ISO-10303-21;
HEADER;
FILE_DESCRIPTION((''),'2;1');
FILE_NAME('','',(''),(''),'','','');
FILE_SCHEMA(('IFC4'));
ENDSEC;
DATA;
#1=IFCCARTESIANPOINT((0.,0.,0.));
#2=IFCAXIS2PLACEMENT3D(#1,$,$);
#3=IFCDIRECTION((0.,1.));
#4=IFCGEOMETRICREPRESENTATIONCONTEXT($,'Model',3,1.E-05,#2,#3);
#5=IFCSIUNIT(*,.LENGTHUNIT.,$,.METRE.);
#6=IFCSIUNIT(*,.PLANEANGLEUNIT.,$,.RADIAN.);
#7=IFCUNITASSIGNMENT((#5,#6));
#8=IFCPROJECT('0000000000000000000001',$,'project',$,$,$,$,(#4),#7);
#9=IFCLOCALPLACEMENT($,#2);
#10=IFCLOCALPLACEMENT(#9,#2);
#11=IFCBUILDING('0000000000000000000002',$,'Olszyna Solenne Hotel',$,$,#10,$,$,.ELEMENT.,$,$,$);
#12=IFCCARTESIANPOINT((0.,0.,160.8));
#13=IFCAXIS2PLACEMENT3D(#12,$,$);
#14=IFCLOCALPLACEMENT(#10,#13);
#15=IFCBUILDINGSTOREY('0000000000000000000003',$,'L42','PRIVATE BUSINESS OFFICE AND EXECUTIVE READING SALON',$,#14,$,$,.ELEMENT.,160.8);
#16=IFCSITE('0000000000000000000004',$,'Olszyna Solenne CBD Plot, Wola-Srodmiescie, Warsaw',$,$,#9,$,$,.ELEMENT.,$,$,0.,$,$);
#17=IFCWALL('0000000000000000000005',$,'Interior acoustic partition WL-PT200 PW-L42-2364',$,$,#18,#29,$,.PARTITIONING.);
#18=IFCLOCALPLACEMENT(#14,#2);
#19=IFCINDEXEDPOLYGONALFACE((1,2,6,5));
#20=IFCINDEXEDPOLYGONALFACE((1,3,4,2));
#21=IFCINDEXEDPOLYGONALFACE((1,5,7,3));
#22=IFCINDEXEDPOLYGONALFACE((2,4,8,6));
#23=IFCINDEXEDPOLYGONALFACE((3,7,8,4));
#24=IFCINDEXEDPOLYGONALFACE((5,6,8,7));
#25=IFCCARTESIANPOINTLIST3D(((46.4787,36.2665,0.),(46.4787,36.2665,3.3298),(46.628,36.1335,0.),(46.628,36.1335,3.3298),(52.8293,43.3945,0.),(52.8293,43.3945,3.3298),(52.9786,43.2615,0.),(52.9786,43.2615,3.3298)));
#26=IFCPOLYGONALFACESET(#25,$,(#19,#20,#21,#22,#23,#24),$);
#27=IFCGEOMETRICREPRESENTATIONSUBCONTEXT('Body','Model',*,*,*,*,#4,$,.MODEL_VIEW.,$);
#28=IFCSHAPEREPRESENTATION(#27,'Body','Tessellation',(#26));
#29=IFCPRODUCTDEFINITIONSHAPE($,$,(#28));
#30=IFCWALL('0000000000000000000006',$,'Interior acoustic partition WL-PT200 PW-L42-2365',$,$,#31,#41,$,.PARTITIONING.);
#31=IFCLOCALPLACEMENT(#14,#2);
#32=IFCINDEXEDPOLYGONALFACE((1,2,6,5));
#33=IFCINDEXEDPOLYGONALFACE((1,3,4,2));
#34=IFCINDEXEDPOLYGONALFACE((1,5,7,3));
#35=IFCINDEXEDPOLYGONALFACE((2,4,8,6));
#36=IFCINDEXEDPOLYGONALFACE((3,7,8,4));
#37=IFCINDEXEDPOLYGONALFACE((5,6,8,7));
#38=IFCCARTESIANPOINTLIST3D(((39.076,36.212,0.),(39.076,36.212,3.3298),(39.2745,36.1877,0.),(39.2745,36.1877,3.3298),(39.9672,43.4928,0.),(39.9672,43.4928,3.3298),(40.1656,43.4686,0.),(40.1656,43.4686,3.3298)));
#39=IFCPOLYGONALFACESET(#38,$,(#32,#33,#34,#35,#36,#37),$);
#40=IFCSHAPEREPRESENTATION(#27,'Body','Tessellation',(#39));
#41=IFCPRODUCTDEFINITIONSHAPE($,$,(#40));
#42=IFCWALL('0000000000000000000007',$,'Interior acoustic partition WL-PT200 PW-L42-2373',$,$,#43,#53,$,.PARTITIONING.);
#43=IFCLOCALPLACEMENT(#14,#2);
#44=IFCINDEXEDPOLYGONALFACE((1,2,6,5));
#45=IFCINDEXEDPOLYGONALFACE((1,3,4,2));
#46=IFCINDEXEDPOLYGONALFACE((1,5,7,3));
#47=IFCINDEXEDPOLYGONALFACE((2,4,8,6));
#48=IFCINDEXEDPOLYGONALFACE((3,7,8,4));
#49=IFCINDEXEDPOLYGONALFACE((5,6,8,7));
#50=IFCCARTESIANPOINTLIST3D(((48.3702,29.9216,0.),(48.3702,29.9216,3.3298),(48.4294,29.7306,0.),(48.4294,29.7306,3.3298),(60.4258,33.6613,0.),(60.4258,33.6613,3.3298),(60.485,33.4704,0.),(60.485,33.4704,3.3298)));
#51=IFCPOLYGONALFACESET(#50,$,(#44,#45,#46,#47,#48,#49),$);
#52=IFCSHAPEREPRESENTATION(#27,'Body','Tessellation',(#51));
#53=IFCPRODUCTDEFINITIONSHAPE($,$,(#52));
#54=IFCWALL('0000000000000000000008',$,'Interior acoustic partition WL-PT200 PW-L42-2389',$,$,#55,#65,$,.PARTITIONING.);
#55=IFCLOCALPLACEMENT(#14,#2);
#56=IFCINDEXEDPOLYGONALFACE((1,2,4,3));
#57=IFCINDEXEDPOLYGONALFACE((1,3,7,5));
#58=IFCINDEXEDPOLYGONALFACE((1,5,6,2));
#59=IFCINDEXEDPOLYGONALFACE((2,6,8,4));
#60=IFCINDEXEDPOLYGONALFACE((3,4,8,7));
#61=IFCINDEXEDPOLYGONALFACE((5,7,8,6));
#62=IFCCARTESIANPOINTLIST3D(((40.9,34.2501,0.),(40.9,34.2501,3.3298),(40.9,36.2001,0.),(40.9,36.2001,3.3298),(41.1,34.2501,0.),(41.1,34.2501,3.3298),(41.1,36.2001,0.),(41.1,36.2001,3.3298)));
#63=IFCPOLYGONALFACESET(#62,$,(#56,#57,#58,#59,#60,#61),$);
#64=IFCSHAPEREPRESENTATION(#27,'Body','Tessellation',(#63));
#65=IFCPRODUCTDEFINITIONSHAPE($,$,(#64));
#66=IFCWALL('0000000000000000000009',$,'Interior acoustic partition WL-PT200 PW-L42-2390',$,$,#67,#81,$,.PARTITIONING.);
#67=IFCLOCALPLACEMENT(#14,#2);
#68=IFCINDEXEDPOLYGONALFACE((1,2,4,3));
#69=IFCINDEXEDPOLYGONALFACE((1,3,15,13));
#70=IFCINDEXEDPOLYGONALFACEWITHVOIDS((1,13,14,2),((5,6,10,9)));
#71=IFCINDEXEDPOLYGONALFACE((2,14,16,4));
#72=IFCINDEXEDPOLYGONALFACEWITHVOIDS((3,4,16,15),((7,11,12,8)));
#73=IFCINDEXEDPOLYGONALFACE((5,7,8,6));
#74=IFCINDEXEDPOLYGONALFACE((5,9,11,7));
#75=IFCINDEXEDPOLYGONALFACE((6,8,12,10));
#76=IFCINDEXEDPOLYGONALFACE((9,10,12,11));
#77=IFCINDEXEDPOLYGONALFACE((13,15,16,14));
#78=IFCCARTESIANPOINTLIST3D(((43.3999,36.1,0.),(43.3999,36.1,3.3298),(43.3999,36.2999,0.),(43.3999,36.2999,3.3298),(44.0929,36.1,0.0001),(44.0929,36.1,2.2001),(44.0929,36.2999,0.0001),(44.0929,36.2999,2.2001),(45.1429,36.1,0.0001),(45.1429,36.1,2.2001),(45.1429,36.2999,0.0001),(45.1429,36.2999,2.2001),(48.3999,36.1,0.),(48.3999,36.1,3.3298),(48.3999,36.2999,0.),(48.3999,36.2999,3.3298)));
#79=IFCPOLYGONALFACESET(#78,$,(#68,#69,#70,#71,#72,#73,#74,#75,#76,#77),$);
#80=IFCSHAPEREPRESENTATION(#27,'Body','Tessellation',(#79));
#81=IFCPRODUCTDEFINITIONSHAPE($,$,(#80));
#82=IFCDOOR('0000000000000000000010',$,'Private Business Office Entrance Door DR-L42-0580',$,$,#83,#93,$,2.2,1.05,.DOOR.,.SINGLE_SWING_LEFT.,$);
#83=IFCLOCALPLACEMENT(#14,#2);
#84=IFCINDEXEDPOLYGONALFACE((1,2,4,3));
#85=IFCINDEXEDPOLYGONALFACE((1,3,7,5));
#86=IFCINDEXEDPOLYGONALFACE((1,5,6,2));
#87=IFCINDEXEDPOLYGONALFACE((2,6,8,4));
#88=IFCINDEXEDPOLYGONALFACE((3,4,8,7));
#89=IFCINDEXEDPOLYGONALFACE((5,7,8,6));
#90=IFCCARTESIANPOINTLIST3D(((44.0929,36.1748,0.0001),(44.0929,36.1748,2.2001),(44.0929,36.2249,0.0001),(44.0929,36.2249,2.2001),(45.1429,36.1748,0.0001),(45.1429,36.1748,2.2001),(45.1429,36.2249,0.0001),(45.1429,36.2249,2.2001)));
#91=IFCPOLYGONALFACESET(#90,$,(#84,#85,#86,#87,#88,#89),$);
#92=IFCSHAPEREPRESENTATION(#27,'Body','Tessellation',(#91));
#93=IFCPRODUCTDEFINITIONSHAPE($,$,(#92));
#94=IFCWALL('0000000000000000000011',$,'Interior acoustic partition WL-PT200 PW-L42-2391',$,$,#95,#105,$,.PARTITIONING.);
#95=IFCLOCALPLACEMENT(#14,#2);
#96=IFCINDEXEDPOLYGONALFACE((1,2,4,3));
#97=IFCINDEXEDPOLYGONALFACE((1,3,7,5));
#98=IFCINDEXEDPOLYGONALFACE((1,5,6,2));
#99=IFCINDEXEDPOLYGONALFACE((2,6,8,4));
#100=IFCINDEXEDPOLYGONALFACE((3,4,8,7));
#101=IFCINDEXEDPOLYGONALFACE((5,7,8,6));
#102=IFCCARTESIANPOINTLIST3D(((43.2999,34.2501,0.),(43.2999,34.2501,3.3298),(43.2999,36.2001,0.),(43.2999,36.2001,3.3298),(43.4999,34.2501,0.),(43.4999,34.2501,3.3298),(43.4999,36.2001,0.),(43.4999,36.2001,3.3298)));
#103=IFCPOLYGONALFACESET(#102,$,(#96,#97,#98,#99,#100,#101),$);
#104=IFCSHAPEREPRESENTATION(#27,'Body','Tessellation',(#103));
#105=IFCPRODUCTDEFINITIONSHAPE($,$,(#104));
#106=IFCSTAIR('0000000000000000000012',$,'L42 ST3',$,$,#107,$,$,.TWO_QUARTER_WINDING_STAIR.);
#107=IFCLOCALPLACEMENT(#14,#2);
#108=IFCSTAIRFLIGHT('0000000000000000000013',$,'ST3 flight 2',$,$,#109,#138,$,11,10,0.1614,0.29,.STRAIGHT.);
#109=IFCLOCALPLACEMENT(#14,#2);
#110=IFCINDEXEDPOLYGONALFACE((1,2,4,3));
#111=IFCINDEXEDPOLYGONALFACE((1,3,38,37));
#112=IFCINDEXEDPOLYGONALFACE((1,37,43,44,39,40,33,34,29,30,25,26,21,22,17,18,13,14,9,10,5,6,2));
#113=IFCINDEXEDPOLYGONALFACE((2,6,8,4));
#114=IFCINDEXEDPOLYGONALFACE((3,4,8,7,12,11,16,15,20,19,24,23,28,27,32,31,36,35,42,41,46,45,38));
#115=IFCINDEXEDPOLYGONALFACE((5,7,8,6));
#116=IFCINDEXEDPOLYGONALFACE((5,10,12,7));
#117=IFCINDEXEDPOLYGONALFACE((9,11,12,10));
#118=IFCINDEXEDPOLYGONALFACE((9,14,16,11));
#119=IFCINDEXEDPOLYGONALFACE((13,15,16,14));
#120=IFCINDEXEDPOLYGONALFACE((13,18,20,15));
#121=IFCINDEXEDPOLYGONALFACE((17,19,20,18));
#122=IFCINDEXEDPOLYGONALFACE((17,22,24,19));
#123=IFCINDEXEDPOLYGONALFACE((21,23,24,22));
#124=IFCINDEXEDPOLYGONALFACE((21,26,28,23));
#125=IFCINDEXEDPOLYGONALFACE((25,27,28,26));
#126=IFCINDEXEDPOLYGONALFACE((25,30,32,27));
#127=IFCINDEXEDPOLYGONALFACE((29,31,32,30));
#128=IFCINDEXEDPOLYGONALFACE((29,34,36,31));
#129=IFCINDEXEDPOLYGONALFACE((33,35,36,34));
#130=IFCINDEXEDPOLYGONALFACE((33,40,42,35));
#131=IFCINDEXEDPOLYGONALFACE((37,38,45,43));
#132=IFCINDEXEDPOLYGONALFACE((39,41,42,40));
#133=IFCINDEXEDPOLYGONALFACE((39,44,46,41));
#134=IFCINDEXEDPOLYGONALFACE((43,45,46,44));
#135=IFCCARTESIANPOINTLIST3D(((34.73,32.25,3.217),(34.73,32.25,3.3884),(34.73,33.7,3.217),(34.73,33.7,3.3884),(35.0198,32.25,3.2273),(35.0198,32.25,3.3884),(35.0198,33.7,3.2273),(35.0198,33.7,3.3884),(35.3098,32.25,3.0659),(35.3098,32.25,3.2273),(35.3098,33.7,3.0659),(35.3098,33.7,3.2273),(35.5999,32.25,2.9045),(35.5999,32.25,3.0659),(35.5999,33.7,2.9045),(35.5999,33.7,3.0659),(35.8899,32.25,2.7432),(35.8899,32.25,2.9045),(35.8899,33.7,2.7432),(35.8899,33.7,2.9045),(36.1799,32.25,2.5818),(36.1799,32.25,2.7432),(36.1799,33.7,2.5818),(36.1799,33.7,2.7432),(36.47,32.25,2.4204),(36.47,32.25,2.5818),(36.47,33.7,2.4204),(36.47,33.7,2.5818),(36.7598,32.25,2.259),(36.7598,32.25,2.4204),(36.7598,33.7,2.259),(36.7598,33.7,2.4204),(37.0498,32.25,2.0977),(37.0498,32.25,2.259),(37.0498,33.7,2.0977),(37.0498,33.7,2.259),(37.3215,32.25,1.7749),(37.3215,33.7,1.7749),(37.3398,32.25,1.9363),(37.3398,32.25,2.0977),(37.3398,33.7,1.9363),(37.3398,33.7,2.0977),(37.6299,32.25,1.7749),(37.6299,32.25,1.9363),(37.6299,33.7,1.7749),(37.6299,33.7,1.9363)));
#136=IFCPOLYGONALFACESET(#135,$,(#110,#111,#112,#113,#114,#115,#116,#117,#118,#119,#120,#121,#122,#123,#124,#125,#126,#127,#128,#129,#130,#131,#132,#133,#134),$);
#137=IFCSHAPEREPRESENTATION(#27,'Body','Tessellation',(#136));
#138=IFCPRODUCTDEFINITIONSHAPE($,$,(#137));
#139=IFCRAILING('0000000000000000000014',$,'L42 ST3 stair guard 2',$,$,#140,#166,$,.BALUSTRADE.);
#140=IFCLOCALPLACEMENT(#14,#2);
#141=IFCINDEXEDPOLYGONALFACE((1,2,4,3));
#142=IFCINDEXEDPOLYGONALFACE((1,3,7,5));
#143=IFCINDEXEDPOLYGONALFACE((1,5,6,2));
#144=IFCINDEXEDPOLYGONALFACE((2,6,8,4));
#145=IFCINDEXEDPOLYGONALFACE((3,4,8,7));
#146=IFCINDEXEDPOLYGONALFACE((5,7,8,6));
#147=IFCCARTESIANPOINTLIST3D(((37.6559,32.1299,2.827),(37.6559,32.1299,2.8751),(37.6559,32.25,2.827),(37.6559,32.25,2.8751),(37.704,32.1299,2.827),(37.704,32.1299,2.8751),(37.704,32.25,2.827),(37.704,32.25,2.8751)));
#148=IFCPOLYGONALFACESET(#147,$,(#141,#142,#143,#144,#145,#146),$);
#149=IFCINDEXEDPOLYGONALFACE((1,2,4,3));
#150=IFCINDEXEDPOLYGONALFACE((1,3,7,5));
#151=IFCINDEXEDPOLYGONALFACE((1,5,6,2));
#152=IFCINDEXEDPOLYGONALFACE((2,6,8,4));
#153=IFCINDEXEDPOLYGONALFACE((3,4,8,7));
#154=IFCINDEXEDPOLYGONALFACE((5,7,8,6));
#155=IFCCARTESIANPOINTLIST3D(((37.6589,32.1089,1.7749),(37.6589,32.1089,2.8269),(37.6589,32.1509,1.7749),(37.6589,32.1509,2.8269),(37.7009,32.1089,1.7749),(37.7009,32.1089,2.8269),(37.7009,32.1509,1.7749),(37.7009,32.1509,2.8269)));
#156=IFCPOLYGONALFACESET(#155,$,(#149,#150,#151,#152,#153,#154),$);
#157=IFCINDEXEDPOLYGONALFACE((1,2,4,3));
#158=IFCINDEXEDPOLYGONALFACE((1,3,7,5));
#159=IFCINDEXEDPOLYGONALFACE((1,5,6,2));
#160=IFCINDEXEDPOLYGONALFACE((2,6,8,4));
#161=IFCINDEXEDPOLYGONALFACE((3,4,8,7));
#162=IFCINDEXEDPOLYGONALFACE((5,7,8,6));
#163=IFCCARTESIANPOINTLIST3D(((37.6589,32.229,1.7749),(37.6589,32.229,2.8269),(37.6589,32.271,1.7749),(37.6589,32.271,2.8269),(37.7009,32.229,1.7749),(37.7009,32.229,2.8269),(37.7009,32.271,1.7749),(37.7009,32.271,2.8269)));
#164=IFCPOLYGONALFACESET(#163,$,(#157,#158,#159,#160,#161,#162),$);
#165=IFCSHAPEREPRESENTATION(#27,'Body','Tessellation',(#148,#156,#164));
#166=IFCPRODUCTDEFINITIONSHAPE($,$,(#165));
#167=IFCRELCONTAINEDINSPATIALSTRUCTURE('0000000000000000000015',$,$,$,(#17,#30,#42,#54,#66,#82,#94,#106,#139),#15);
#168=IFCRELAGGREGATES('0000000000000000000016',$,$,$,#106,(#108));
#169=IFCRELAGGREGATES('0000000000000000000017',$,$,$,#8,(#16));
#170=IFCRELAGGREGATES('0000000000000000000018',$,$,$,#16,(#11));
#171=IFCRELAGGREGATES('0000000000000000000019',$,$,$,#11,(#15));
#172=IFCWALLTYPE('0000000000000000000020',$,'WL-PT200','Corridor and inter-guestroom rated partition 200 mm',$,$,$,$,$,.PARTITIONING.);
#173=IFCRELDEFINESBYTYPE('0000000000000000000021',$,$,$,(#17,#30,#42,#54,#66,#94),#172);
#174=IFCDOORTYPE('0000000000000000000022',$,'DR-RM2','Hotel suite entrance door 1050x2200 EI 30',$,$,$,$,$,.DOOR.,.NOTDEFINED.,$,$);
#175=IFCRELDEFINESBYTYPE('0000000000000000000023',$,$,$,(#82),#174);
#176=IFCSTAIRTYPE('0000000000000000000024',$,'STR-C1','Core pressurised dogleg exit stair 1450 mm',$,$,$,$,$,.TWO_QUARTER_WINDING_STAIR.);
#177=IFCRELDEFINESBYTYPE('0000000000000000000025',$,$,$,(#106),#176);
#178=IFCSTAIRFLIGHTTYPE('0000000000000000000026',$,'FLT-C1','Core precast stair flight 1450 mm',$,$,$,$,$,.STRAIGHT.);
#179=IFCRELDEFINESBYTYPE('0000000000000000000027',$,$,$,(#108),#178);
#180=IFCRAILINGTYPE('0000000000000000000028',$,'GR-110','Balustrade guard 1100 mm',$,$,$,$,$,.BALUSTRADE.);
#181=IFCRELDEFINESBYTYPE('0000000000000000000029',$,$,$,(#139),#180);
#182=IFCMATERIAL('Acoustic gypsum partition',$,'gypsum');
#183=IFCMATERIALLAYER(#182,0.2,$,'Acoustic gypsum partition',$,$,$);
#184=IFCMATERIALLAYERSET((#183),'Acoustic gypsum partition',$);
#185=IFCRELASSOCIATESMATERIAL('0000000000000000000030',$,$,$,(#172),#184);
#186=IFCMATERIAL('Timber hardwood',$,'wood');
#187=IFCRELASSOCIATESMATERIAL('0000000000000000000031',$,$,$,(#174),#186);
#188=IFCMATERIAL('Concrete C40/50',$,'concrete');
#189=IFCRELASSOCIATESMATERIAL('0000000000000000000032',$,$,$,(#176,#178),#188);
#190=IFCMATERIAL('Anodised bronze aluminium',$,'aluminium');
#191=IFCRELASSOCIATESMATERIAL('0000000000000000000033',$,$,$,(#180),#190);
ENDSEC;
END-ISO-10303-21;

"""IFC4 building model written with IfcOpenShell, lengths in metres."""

from ifc_helpers import new_model, si_unit, direction, frame, frame_2d, origin, origin_2d, place, context, subcontext, project, spatial, polyline, rectangle, outline, extrude, source, transform, mapped, material, layer, layer_set, type_object, type_shapes, element, fill, aggregate, save


model = new_model("IFC4")

# Units and contexts
model_context = context("Model", 3, precision=1e-05, world=origin(), true_north=direction((0.0, 1.0)))
body_context = subcontext(model_context, "Body", "Model", "MODEL_VIEW")
ifc_project = project(units=[si_unit("LENGTHUNIT", "METRE"), si_unit("PLANEANGLEUNIT", "RADIAN")], contexts=[model_context])

# Site, building, storey
site_placement = place(None, origin())
site = spatial("IfcSite", under=ifc_project, at=site_placement, Name="Olszyna Solenne CBD Plot, Wola-Srodmiescie, Warsaw", CompositionType="ELEMENT", RefElevation=0.0)
building_placement = place(site_placement, origin())
building = spatial("IfcBuilding", under=site, at=building_placement, Name="Olszyna Solenne Hotel", CompositionType="ELEMENT")
storey_placement = place(building_placement, frame((0.0, 0.0, 160.8)))
storey = spatial("IfcBuildingStorey", under=building, at=storey_placement, Name="L42", Description="PRIVATE BUSINESS OFFICE AND EXECUTIVE READING SALON", CompositionType="ELEMENT", Elevation=160.8)

# Shared definitions
ifc_material_1 = material(Name="Timber hardwood", Category="wood")

# Shared definitions
ifc_material_2 = material(Name="Anodised bronze aluminium", Category="aluminium")

# Shared definitions
ifc_material_3 = material(Name="Acoustic gypsum partition", Category="gypsum")

# Walls
ifc_layer_1 = layer(ifc_material_3, 0.2, Name="Acoustic gypsum partition")
ifc_layer_set_1 = layer_set([ifc_layer_1], Name="Acoustic gypsum partition")
wall_type_1 = type_object("IfcWallType", Name="WL-PT200", Description="Corridor and inter-guestroom rated partition 200 mm", PredefinedType="PARTITIONING", material=ifc_layer_set_1)
wall_1_placement = place(storey_placement, frame((46.5532, 36.2, 0.0), z_axis=(0.0, 0.0, 1.0), x_axis=(0.665221, 0.746647, 0.0)))
element("IfcWall", 1, at=wall_1_placement, inside=storey, type_object=wall_type_1, Name="Interior acoustic partition WL-PT200 PW-L42-2364", PredefinedType="PARTITIONING", context=body_context, shape_type="SweptSolid", body=[
    extrude(rectangle(XDim=9.5466, YDim=0.2, at=frame_2d((4.7734, 0.0))), origin(), (0.0, 0.0, 1.0), 3.3298),
])
wall_2_placement = place(storey_placement, frame((39.1753, 36.2, 0.0), z_axis=(0.0, 0.0, 1.0), x_axis=(0.121486, 0.992593, 0.0)))
element("IfcWall", 2, at=wall_2_placement, inside=storey, type_object=wall_type_1, Name="Interior acoustic partition WL-PT200 PW-L42-2365", PredefinedType="PARTITIONING", context=body_context, shape_type="SweptSolid", body=[
    extrude(rectangle(XDim=7.3352, YDim=0.2, at=frame_2d((3.6675, 0.0))), origin(), (0.0, 0.0, 1.0), 3.3298),
])
wall_3_placement = place(storey_placement, frame((48.3999, 29.8262, 0.0), z_axis=(0.0, 0.0, 1.0), x_axis=(0.955102, 0.296279, 0.0)))
element("IfcWall", 3, at=wall_3_placement, inside=storey, type_object=wall_type_1, Name="Interior acoustic partition WL-PT200 PW-L42-2373", PredefinedType="PARTITIONING", context=body_context, shape_type="SweptSolid", body=[
    extrude(rectangle(XDim=12.6223, YDim=0.2, at=frame_2d((6.311, 0.0))), origin(), (0.0, 0.0, 1.0), 3.3298),
])
wall_4_placement = place(storey_placement, frame((41.0, 34.25, 0.0), z_axis=(0.0, 0.0, 1.0), x_axis=(0.0, 1.0, 0.0)))
element("IfcWall", 4, at=wall_4_placement, inside=storey, type_object=wall_type_1, Name="Interior acoustic partition WL-PT200 PW-L42-2389", PredefinedType="PARTITIONING", context=body_context, shape_type="SweptSolid", body=[
    extrude(rectangle(XDim=1.95, YDim=0.2, at=frame_2d((0.9751, 0.0))), origin(), (0.0, 0.0, 1.0), 3.3298),
])

# Wall, opening, door
wall_5_placement = place(storey_placement, frame((43.3999, 36.2, 0.0), z_axis=(0.0, 0.0, 1.0), x_axis=(1.0, 0.0, 0.0)))
wall_5 = element("IfcWall", 5, at=wall_5_placement, inside=storey, type_object=wall_type_1, Name="Interior acoustic partition WL-PT200 PW-L42-2390", PredefinedType="PARTITIONING", context=body_context, shape_type="SweptSolid", body=[
    extrude(rectangle(XDim=5.0, YDim=0.2, at=frame_2d((2.5, 0.0))), origin(), (0.0, 0.0, 1.0), 3.3298),
])
opening_1_placement = place(wall_5_placement, frame((0.6931, 0.0, 0.0)))
opening_1 = element("IfcOpeningElement", 6, at=opening_1_placement, cuts=wall_5, PredefinedType="OPENING", context=body_context, shape_type="SweptSolid", body=[
    extrude(rectangle(XDim=1.05, YDim=2.2, at=frame_2d((0.5249, 1.1001))), frame((0.0, 0.1099, 0.0), z_axis=(0.0, -1.0, 0.0), x_axis=(1.0, 0.0, 0.0)), (0.0, 0.0, 1.0), 0.22),
])
door_type_1 = type_object("IfcDoorType", Name="DR-RM2", Description="Hotel suite entrance door 1050x2200 EI 30", OperationType="NOTDEFINED", PredefinedType="DOOR", material=ifc_material_1)
shared_shape_1 = source(origin(), body_context, "Body", "SweptSolid", [
    extrude(rectangle(XDim=1.05, YDim=2.2, at=frame_2d((0.5249, 1.1001))), frame((0.0, 0.0249, 0.0), z_axis=(0.0, -1.0, 0.0), x_axis=(1.0, 0.0, 0.0)), (0.0, 0.0, 1.0), 0.05),
])
type_shapes(door_type_1, [shared_shape_1])
door_1_placement = place(opening_1_placement, origin())
door_1 = element("IfcDoor", 7, at=door_1_placement, inside=storey, type_object=door_type_1, Name="Private Business Office Entrance Door DR-L42-0580", OperationType="SINGLE_SWING_LEFT", OverallHeight=2.2, OverallWidth=1.05, PredefinedType="DOOR", context=body_context, shape_type="MappedRepresentation", body=[
    mapped(shared_shape_1, transform((0.0, 0.0, 0.0), x_axis=(1.0, 0.0, 0.0), y_axis=(0.0, 1.0, 0.0), z_axis=(0.0, 0.0, 1.0), scale=1.0)),
])
fill(opening_1, door_1)

# Wall
wall_6_placement = place(storey_placement, frame((43.3999, 34.25, 0.0), z_axis=(0.0, 0.0, 1.0), x_axis=(0.0, 1.0, 0.0)))
element("IfcWall", 8, at=wall_6_placement, inside=storey, type_object=wall_type_1, Name="Interior acoustic partition WL-PT200 PW-L42-2391", PredefinedType="PARTITIONING", context=body_context, shape_type="SweptSolid", body=[
    extrude(rectangle(XDim=1.95, YDim=0.2, at=frame_2d((0.9751, 0.0))), origin(), (0.0, 0.0, 1.0), 3.3298),
])

# Stair, stair flight
ifc_material_4 = material(Name="Concrete C40/50", Category="concrete")
stair_type = type_object("IfcStairType", Name="STR-C1", Description="Core pressurised dogleg exit stair 1450 mm", PredefinedType="TWO_QUARTER_WINDING_STAIR", material=ifc_material_4)
stair_placement = place(storey_placement, origin())
stair = element("IfcStair", 9, at=stair_placement, inside=storey, type_object=stair_type, Name="L42 ST3", PredefinedType="TWO_QUARTER_WINDING_STAIR")
stair_flight_type = type_object("IfcStairFlightType", Name="FLT-C1", Description="Core precast stair flight 1450 mm", PredefinedType="STRAIGHT", material=ifc_material_4)
stair_flight_placement = place(storey_placement, frame((37.6299, 32.9751, 1.7749), z_axis=(0.0, 0.0, 1.0), x_axis=(-1.0, 0.0, 0.0)))
stair_flight = element("IfcStairFlight", 10, at=stair_flight_placement, type_object=stair_flight_type, Name="ST3 flight 2", NumberOfRisers=11, NumberOfTreads=10, PredefinedType="STRAIGHT", RiserHeight=0.1614, TreadLength=0.29, context=body_context, shape_type="SweptSolid", body=[
    extrude(outline(polyline([(0.0, 0.0), (0.0, 0.1614), (0.29, 0.1614), (0.29, 0.3228), (0.5801, 0.3228), (0.5801, 0.4841), (0.8701, 0.4841), (0.8701, 0.6455), (1.1599, 0.6455), (1.1599, 0.8069), (1.45, 0.8069), (1.45, 0.9683), (1.74, 0.9683), (1.74, 1.1296), (2.03, 1.1296), (2.03, 1.291), (2.3201, 1.291), (2.3201, 1.4524), (2.6101, 1.4524), (2.6101, 1.6135), (2.8999, 1.6135), (2.8999, 1.7749), (2.8999, 1.4421), (0.3083, 0.0), (0.0, 0.0)])), frame((0.0, 0.7251, 0.0), z_axis=(0.0, -1.0, 0.0), x_axis=(1.0, 0.0, 0.0)), (0.0, 0.0, 1.0), 1.45),
])
aggregate(stair, [stair_flight])

# Railing
railing_type_1 = type_object("IfcRailingType", Name="GR-110", Description="Balustrade guard 1100 mm", PredefinedType="BALUSTRADE", material=ifc_material_2)
railing_1_placement = place(storey_placement, frame((37.6799, 32.1299, 1.7749)))
element("IfcRailing", 11, at=railing_1_placement, inside=storey, type_object=railing_type_1, Name="L42 ST3 stair guard 2", PredefinedType="BALUSTRADE", context=body_context, shape_type="SweptSolid", body=[
    extrude(rectangle(XDim=0.0481, YDim=0.0481, at=origin_2d()), frame((0.0, 0.0, 1.0762), z_axis=(0.0, 1.0, 0.0), x_axis=(-1.0, 0.0, 0.0)), (0.0, 0.0, 1.0), 0.1201),
    extrude(rectangle(XDim=0.042, YDim=0.042, at=origin_2d()), origin(), (0.0, 0.0, 1.0), 1.052),
    extrude(rectangle(XDim=0.042, YDim=0.042, at=origin_2d()), frame((0.0, 0.1201, 0.0)), (0.0, 0.0, 1.0), 1.052),
])

save(model, "model.ifc")
